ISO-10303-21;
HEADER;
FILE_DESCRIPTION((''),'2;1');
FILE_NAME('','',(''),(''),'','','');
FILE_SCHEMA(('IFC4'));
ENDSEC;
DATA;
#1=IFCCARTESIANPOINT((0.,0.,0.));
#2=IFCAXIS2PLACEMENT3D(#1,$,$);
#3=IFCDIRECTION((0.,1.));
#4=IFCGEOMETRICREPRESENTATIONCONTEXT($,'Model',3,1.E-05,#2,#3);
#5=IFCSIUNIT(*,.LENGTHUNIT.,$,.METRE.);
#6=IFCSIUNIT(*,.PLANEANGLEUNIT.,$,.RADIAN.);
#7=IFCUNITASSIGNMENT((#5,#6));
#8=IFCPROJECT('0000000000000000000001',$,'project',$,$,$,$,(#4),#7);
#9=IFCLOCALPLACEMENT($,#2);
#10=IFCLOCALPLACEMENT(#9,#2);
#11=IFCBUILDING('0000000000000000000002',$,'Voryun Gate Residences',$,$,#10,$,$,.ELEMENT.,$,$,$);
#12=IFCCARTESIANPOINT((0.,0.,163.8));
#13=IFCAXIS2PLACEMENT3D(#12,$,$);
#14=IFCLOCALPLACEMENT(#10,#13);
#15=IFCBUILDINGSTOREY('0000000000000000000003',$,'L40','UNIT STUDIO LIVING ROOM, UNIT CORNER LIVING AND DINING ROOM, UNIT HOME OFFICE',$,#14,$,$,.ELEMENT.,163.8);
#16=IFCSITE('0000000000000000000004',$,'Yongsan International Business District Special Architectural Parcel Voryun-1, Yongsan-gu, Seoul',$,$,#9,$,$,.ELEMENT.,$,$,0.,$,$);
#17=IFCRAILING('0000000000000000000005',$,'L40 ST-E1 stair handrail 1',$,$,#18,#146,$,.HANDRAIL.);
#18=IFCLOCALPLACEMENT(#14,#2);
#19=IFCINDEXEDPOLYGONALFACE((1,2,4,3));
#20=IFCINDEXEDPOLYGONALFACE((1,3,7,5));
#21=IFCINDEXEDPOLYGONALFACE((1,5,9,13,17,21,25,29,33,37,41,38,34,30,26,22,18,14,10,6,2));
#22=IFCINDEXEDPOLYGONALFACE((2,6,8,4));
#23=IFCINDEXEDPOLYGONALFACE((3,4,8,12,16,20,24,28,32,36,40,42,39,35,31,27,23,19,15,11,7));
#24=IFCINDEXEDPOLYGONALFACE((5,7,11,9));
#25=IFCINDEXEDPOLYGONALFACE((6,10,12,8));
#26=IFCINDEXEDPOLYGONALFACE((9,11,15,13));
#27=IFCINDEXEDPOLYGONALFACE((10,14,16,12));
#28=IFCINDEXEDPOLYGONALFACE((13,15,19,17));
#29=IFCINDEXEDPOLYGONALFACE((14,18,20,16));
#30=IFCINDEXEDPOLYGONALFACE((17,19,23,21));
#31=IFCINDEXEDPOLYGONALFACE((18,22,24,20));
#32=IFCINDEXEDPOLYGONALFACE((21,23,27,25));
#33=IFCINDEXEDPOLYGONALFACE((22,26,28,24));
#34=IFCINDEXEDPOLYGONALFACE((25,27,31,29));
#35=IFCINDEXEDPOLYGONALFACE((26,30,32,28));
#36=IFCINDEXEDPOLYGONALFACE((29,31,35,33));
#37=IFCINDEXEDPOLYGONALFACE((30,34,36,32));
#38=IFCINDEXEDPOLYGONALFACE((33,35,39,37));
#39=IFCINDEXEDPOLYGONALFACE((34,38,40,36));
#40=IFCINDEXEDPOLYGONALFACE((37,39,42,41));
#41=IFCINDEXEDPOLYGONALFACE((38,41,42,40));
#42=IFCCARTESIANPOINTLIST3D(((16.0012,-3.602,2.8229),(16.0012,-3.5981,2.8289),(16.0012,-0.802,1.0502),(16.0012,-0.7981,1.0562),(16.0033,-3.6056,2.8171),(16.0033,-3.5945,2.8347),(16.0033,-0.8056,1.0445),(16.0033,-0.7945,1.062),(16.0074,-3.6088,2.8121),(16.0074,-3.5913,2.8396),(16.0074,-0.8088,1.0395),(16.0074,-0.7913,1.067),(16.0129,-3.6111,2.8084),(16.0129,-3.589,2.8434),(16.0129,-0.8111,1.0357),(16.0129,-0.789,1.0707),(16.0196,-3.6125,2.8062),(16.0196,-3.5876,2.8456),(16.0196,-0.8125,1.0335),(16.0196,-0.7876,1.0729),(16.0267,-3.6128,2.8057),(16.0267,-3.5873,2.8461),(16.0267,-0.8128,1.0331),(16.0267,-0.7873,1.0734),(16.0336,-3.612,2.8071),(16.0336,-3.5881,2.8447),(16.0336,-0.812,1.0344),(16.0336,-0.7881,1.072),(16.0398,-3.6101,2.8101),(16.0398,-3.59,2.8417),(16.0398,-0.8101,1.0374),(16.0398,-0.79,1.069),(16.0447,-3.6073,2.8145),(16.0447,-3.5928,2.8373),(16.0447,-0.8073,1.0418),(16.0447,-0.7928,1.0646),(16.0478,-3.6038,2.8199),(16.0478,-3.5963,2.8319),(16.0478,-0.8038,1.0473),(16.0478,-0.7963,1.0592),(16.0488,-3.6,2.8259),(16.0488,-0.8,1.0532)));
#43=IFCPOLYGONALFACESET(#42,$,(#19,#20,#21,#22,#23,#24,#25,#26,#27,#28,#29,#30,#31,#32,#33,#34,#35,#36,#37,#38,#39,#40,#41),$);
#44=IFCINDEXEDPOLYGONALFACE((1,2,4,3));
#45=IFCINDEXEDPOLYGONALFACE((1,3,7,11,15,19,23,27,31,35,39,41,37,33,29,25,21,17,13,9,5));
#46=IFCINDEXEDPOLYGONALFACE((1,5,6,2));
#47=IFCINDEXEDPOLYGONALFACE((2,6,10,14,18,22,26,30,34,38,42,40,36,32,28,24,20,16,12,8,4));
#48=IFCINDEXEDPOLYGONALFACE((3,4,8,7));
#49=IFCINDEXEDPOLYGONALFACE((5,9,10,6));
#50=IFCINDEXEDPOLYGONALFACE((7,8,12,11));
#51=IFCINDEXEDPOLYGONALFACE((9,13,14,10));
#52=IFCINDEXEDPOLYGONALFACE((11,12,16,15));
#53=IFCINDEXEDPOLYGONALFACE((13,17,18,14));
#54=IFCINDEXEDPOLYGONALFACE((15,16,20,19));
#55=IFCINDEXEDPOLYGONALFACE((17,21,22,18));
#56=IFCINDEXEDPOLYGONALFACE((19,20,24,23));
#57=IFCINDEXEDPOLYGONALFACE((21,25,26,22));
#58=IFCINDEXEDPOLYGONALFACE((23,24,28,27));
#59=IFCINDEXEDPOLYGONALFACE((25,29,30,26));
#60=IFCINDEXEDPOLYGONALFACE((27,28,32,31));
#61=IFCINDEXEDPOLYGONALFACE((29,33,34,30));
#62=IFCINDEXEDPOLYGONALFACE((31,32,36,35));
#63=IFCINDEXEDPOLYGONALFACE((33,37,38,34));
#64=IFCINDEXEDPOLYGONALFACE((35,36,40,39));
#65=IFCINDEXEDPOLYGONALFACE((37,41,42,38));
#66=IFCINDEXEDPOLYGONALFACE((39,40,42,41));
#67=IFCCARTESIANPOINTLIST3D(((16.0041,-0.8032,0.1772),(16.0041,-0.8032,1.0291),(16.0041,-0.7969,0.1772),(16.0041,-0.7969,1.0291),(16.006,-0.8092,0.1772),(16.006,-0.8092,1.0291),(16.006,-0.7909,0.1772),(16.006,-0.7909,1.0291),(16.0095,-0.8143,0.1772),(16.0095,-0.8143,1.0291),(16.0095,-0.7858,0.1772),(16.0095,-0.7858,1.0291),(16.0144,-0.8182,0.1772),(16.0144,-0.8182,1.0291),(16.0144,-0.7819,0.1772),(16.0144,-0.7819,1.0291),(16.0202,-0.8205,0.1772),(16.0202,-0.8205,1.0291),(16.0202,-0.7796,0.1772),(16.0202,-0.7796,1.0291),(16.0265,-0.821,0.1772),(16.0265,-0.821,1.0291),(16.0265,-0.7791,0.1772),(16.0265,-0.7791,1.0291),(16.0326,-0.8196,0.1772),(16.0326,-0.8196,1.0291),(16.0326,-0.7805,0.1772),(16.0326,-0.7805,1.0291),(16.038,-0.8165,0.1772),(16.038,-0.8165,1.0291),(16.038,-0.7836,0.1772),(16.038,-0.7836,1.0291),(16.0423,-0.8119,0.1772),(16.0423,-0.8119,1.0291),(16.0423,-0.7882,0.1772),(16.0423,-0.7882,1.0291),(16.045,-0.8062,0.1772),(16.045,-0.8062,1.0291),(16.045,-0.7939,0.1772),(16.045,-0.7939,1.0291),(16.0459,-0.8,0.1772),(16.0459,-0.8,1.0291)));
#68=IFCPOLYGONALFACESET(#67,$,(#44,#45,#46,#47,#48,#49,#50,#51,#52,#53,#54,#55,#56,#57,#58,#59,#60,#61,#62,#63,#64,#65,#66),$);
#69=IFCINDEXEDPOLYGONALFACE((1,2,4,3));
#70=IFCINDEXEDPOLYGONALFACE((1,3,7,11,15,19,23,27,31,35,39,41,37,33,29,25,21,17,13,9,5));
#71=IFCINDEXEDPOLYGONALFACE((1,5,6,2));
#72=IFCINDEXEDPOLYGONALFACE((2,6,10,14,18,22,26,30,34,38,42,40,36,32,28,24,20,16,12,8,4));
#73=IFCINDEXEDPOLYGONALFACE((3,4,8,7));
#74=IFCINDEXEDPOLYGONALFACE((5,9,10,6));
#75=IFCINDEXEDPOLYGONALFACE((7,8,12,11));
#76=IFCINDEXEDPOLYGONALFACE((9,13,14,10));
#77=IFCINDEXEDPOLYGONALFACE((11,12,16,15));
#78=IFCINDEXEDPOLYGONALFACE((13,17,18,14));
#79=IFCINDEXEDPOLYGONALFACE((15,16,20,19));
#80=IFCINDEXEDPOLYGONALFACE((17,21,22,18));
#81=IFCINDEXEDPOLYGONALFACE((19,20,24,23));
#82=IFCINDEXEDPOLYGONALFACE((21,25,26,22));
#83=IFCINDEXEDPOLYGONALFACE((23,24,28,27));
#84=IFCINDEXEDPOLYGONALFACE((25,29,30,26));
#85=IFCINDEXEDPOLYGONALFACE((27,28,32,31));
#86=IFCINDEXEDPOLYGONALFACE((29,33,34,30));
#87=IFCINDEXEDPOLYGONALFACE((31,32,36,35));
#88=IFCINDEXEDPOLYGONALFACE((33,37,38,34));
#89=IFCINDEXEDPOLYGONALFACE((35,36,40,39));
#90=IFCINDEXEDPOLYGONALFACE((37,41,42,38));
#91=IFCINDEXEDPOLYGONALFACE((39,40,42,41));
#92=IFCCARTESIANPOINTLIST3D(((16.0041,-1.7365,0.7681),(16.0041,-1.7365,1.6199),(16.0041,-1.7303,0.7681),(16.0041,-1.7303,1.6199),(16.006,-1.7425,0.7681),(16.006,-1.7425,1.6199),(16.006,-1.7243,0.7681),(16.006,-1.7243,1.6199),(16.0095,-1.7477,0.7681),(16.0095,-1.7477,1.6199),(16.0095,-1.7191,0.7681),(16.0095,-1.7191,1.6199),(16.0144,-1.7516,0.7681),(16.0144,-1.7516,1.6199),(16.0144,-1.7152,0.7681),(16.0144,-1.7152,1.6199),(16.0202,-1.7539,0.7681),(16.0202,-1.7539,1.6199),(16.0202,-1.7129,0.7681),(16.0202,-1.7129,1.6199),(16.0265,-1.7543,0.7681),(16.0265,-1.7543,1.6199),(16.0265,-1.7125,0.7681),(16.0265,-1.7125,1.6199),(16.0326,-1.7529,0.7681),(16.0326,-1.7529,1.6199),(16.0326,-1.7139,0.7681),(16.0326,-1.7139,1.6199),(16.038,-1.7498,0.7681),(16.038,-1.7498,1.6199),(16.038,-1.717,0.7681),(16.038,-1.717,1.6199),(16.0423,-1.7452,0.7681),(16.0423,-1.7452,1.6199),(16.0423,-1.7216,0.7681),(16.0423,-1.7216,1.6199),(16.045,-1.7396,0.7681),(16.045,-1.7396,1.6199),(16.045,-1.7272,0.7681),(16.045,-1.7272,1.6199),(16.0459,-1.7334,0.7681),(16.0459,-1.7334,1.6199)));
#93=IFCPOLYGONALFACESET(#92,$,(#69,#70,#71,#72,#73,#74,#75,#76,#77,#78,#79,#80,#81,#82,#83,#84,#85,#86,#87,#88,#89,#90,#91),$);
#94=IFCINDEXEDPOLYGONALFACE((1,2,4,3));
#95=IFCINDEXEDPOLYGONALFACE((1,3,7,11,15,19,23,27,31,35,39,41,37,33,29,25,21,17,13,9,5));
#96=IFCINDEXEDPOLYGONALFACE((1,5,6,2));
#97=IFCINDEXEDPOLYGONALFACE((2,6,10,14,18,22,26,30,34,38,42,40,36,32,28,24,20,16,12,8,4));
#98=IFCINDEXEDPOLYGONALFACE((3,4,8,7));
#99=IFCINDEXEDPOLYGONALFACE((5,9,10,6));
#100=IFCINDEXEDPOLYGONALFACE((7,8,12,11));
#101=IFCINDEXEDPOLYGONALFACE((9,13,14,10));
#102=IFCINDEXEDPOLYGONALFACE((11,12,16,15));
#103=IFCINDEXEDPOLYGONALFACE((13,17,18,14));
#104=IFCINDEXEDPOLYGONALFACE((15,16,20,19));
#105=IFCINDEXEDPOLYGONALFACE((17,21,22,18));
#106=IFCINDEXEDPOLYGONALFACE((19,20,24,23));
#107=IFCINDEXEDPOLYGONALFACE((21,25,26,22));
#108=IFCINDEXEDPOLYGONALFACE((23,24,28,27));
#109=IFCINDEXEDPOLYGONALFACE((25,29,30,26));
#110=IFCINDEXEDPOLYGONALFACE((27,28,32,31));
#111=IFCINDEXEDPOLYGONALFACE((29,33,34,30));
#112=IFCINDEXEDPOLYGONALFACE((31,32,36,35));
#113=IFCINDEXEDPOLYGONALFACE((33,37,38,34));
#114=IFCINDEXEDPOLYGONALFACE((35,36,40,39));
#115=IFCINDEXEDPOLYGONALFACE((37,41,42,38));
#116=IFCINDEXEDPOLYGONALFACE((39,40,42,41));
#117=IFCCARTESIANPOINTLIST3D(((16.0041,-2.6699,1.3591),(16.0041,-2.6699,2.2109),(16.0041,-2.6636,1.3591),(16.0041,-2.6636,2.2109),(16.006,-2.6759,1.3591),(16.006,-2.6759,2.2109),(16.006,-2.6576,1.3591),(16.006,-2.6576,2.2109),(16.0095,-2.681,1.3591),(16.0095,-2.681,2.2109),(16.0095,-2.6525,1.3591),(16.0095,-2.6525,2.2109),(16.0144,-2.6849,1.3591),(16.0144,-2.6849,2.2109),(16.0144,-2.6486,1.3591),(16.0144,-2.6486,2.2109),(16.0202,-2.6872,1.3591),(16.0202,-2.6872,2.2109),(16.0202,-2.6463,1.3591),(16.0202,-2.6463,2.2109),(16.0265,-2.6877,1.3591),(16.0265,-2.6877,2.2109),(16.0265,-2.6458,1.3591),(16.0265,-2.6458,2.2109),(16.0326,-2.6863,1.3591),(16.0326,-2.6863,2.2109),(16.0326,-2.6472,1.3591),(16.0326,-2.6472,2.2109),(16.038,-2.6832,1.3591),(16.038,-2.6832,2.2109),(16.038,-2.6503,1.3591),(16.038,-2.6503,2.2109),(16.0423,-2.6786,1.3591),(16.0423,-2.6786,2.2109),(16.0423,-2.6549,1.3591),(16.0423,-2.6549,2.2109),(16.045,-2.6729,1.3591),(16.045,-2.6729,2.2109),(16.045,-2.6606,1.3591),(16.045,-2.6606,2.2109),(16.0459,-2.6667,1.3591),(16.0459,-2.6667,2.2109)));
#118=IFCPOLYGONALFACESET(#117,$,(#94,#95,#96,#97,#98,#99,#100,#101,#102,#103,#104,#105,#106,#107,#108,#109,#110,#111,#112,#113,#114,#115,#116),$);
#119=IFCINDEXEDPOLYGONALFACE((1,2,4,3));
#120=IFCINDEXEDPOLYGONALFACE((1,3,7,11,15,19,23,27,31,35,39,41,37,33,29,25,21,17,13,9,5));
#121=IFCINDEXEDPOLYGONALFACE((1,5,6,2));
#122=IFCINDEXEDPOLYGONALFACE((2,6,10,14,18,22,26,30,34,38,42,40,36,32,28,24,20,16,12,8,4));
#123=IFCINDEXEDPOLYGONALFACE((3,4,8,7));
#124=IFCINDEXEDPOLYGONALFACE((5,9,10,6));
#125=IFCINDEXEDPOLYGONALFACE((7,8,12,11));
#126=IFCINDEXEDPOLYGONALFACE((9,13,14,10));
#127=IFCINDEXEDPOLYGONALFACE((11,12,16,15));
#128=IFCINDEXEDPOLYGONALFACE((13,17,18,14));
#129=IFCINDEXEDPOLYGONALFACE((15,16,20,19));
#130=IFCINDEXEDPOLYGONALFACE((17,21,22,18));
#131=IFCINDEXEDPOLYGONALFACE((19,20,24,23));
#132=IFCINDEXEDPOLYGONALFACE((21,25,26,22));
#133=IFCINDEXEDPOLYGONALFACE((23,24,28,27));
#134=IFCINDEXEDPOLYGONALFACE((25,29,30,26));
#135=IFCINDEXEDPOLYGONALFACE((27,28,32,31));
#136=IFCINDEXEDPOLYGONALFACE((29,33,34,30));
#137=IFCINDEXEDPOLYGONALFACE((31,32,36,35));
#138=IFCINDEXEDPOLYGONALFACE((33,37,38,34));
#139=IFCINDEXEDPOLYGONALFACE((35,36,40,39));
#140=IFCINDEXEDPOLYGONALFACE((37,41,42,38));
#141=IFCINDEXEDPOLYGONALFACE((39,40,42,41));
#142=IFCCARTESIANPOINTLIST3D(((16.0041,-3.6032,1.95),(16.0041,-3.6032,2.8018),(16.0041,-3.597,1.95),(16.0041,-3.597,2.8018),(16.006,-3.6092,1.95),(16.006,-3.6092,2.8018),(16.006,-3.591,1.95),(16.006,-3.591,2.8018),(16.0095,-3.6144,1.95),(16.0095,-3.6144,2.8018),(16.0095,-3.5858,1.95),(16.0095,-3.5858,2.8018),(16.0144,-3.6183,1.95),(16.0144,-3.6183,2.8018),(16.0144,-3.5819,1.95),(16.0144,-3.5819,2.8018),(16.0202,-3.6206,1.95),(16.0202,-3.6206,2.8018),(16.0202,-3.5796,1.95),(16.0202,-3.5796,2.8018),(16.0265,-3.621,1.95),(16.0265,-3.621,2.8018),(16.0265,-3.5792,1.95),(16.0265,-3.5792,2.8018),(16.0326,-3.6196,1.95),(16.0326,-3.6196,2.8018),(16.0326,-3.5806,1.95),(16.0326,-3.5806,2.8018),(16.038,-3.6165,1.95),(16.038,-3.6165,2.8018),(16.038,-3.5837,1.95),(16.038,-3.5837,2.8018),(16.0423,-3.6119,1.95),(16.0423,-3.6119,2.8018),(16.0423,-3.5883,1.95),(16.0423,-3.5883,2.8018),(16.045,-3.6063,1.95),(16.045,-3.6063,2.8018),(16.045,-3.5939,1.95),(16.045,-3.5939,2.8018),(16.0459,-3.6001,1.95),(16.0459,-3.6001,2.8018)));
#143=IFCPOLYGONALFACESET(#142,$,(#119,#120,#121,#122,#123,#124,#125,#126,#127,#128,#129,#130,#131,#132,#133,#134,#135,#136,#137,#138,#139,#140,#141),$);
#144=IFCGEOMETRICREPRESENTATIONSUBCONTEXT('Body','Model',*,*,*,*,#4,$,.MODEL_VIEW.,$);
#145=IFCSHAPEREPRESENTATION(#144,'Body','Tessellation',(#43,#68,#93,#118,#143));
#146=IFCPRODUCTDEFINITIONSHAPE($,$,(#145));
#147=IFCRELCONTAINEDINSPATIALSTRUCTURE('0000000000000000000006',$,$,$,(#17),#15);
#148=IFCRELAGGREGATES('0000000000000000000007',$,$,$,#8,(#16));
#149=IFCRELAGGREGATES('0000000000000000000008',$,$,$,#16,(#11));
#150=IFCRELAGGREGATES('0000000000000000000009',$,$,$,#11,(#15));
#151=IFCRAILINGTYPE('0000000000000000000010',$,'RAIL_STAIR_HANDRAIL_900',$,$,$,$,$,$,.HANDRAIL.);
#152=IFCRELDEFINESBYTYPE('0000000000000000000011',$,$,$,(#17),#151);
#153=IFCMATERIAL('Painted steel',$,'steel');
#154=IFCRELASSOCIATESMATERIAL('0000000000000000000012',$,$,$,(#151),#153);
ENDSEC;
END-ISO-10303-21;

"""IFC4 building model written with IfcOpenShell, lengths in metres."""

from ifc_helpers import new_model, si_unit, direction, frame, origin, origin_2d, place, context, subcontext, project, spatial, circle, extrude, material, type_object, element, save


model = new_model("IFC4")

# Units and contexts
model_context = context("Model", 3, precision=1e-05, world=origin(), true_north=direction((0.0, 1.0)))
body_context = subcontext(model_context, "Body", "Model", "MODEL_VIEW")
ifc_project = project(units=[si_unit("LENGTHUNIT", "METRE"), si_unit("PLANEANGLEUNIT", "RADIAN")], contexts=[model_context])

# Site, building, storey
site_placement = place(None, origin())
site = spatial("IfcSite", under=ifc_project, at=site_placement, Name="Yongsan International Business District Special Architectural Parcel Voryun-1, Yongsan-gu, Seoul", CompositionType="ELEMENT", RefElevation=0.0)
building_placement = place(site_placement, origin())
building = spatial("IfcBuilding", under=site, at=building_placement, Name="Voryun Gate Residences", CompositionType="ELEMENT")
storey_placement = place(building_placement, frame((0.0, 0.0, 163.8)))
storey = spatial("IfcBuildingStorey", under=building, at=storey_placement, Name="L40", Description="UNIT STUDIO LIVING ROOM, UNIT CORNER LIVING AND DINING ROOM, UNIT HOME OFFICE", CompositionType="ELEMENT", Elevation=163.8)

# Railing
ifc_material_1 = material(Name="Painted steel", Category="steel")
railing_type_1 = type_object("IfcRailingType", Name="RAIL_STAIR_HANDRAIL_900", PredefinedType="HANDRAIL", material=ifc_material_1)
railing_1_placement = place(storey_placement, frame((16.0249, -0.8, 0.1772)))
element("IfcRailing", 1, at=railing_1_placement, inside=storey, type_object=railing_type_1, Name="L40 ST-E1 stair handrail 1", PredefinedType="HANDRAIL", context=body_context, shape_type="SweptSolid", body=[
    extrude(circle(Radius=0.0239, at=origin_2d()), frame((0.0, 0.0, 0.876), z_axis=(0.0, -0.844909, 0.53491), x_axis=(1.0, 0.0, 0.0)), (0.0, 0.0, 1.0), 3.314),
    extrude(circle(Radius=0.021, at=origin_2d()), origin(), (0.0, 0.0, 1.0), 0.8518),
    extrude(circle(Radius=0.021, at=origin_2d()), frame((0.0, -0.9333, 0.5908)), (0.0, 0.0, 1.0), 0.8518),
    extrude(circle(Radius=0.021, at=origin_2d()), frame((0.0, -1.8667, 1.1819)), (0.0, 0.0, 1.0), 0.8518),
    extrude(circle(Radius=0.021, at=origin_2d()), frame((0.0, -2.8, 1.7727)), (0.0, 0.0, 1.0), 0.8518),
])

save(model, "model.ifc")
